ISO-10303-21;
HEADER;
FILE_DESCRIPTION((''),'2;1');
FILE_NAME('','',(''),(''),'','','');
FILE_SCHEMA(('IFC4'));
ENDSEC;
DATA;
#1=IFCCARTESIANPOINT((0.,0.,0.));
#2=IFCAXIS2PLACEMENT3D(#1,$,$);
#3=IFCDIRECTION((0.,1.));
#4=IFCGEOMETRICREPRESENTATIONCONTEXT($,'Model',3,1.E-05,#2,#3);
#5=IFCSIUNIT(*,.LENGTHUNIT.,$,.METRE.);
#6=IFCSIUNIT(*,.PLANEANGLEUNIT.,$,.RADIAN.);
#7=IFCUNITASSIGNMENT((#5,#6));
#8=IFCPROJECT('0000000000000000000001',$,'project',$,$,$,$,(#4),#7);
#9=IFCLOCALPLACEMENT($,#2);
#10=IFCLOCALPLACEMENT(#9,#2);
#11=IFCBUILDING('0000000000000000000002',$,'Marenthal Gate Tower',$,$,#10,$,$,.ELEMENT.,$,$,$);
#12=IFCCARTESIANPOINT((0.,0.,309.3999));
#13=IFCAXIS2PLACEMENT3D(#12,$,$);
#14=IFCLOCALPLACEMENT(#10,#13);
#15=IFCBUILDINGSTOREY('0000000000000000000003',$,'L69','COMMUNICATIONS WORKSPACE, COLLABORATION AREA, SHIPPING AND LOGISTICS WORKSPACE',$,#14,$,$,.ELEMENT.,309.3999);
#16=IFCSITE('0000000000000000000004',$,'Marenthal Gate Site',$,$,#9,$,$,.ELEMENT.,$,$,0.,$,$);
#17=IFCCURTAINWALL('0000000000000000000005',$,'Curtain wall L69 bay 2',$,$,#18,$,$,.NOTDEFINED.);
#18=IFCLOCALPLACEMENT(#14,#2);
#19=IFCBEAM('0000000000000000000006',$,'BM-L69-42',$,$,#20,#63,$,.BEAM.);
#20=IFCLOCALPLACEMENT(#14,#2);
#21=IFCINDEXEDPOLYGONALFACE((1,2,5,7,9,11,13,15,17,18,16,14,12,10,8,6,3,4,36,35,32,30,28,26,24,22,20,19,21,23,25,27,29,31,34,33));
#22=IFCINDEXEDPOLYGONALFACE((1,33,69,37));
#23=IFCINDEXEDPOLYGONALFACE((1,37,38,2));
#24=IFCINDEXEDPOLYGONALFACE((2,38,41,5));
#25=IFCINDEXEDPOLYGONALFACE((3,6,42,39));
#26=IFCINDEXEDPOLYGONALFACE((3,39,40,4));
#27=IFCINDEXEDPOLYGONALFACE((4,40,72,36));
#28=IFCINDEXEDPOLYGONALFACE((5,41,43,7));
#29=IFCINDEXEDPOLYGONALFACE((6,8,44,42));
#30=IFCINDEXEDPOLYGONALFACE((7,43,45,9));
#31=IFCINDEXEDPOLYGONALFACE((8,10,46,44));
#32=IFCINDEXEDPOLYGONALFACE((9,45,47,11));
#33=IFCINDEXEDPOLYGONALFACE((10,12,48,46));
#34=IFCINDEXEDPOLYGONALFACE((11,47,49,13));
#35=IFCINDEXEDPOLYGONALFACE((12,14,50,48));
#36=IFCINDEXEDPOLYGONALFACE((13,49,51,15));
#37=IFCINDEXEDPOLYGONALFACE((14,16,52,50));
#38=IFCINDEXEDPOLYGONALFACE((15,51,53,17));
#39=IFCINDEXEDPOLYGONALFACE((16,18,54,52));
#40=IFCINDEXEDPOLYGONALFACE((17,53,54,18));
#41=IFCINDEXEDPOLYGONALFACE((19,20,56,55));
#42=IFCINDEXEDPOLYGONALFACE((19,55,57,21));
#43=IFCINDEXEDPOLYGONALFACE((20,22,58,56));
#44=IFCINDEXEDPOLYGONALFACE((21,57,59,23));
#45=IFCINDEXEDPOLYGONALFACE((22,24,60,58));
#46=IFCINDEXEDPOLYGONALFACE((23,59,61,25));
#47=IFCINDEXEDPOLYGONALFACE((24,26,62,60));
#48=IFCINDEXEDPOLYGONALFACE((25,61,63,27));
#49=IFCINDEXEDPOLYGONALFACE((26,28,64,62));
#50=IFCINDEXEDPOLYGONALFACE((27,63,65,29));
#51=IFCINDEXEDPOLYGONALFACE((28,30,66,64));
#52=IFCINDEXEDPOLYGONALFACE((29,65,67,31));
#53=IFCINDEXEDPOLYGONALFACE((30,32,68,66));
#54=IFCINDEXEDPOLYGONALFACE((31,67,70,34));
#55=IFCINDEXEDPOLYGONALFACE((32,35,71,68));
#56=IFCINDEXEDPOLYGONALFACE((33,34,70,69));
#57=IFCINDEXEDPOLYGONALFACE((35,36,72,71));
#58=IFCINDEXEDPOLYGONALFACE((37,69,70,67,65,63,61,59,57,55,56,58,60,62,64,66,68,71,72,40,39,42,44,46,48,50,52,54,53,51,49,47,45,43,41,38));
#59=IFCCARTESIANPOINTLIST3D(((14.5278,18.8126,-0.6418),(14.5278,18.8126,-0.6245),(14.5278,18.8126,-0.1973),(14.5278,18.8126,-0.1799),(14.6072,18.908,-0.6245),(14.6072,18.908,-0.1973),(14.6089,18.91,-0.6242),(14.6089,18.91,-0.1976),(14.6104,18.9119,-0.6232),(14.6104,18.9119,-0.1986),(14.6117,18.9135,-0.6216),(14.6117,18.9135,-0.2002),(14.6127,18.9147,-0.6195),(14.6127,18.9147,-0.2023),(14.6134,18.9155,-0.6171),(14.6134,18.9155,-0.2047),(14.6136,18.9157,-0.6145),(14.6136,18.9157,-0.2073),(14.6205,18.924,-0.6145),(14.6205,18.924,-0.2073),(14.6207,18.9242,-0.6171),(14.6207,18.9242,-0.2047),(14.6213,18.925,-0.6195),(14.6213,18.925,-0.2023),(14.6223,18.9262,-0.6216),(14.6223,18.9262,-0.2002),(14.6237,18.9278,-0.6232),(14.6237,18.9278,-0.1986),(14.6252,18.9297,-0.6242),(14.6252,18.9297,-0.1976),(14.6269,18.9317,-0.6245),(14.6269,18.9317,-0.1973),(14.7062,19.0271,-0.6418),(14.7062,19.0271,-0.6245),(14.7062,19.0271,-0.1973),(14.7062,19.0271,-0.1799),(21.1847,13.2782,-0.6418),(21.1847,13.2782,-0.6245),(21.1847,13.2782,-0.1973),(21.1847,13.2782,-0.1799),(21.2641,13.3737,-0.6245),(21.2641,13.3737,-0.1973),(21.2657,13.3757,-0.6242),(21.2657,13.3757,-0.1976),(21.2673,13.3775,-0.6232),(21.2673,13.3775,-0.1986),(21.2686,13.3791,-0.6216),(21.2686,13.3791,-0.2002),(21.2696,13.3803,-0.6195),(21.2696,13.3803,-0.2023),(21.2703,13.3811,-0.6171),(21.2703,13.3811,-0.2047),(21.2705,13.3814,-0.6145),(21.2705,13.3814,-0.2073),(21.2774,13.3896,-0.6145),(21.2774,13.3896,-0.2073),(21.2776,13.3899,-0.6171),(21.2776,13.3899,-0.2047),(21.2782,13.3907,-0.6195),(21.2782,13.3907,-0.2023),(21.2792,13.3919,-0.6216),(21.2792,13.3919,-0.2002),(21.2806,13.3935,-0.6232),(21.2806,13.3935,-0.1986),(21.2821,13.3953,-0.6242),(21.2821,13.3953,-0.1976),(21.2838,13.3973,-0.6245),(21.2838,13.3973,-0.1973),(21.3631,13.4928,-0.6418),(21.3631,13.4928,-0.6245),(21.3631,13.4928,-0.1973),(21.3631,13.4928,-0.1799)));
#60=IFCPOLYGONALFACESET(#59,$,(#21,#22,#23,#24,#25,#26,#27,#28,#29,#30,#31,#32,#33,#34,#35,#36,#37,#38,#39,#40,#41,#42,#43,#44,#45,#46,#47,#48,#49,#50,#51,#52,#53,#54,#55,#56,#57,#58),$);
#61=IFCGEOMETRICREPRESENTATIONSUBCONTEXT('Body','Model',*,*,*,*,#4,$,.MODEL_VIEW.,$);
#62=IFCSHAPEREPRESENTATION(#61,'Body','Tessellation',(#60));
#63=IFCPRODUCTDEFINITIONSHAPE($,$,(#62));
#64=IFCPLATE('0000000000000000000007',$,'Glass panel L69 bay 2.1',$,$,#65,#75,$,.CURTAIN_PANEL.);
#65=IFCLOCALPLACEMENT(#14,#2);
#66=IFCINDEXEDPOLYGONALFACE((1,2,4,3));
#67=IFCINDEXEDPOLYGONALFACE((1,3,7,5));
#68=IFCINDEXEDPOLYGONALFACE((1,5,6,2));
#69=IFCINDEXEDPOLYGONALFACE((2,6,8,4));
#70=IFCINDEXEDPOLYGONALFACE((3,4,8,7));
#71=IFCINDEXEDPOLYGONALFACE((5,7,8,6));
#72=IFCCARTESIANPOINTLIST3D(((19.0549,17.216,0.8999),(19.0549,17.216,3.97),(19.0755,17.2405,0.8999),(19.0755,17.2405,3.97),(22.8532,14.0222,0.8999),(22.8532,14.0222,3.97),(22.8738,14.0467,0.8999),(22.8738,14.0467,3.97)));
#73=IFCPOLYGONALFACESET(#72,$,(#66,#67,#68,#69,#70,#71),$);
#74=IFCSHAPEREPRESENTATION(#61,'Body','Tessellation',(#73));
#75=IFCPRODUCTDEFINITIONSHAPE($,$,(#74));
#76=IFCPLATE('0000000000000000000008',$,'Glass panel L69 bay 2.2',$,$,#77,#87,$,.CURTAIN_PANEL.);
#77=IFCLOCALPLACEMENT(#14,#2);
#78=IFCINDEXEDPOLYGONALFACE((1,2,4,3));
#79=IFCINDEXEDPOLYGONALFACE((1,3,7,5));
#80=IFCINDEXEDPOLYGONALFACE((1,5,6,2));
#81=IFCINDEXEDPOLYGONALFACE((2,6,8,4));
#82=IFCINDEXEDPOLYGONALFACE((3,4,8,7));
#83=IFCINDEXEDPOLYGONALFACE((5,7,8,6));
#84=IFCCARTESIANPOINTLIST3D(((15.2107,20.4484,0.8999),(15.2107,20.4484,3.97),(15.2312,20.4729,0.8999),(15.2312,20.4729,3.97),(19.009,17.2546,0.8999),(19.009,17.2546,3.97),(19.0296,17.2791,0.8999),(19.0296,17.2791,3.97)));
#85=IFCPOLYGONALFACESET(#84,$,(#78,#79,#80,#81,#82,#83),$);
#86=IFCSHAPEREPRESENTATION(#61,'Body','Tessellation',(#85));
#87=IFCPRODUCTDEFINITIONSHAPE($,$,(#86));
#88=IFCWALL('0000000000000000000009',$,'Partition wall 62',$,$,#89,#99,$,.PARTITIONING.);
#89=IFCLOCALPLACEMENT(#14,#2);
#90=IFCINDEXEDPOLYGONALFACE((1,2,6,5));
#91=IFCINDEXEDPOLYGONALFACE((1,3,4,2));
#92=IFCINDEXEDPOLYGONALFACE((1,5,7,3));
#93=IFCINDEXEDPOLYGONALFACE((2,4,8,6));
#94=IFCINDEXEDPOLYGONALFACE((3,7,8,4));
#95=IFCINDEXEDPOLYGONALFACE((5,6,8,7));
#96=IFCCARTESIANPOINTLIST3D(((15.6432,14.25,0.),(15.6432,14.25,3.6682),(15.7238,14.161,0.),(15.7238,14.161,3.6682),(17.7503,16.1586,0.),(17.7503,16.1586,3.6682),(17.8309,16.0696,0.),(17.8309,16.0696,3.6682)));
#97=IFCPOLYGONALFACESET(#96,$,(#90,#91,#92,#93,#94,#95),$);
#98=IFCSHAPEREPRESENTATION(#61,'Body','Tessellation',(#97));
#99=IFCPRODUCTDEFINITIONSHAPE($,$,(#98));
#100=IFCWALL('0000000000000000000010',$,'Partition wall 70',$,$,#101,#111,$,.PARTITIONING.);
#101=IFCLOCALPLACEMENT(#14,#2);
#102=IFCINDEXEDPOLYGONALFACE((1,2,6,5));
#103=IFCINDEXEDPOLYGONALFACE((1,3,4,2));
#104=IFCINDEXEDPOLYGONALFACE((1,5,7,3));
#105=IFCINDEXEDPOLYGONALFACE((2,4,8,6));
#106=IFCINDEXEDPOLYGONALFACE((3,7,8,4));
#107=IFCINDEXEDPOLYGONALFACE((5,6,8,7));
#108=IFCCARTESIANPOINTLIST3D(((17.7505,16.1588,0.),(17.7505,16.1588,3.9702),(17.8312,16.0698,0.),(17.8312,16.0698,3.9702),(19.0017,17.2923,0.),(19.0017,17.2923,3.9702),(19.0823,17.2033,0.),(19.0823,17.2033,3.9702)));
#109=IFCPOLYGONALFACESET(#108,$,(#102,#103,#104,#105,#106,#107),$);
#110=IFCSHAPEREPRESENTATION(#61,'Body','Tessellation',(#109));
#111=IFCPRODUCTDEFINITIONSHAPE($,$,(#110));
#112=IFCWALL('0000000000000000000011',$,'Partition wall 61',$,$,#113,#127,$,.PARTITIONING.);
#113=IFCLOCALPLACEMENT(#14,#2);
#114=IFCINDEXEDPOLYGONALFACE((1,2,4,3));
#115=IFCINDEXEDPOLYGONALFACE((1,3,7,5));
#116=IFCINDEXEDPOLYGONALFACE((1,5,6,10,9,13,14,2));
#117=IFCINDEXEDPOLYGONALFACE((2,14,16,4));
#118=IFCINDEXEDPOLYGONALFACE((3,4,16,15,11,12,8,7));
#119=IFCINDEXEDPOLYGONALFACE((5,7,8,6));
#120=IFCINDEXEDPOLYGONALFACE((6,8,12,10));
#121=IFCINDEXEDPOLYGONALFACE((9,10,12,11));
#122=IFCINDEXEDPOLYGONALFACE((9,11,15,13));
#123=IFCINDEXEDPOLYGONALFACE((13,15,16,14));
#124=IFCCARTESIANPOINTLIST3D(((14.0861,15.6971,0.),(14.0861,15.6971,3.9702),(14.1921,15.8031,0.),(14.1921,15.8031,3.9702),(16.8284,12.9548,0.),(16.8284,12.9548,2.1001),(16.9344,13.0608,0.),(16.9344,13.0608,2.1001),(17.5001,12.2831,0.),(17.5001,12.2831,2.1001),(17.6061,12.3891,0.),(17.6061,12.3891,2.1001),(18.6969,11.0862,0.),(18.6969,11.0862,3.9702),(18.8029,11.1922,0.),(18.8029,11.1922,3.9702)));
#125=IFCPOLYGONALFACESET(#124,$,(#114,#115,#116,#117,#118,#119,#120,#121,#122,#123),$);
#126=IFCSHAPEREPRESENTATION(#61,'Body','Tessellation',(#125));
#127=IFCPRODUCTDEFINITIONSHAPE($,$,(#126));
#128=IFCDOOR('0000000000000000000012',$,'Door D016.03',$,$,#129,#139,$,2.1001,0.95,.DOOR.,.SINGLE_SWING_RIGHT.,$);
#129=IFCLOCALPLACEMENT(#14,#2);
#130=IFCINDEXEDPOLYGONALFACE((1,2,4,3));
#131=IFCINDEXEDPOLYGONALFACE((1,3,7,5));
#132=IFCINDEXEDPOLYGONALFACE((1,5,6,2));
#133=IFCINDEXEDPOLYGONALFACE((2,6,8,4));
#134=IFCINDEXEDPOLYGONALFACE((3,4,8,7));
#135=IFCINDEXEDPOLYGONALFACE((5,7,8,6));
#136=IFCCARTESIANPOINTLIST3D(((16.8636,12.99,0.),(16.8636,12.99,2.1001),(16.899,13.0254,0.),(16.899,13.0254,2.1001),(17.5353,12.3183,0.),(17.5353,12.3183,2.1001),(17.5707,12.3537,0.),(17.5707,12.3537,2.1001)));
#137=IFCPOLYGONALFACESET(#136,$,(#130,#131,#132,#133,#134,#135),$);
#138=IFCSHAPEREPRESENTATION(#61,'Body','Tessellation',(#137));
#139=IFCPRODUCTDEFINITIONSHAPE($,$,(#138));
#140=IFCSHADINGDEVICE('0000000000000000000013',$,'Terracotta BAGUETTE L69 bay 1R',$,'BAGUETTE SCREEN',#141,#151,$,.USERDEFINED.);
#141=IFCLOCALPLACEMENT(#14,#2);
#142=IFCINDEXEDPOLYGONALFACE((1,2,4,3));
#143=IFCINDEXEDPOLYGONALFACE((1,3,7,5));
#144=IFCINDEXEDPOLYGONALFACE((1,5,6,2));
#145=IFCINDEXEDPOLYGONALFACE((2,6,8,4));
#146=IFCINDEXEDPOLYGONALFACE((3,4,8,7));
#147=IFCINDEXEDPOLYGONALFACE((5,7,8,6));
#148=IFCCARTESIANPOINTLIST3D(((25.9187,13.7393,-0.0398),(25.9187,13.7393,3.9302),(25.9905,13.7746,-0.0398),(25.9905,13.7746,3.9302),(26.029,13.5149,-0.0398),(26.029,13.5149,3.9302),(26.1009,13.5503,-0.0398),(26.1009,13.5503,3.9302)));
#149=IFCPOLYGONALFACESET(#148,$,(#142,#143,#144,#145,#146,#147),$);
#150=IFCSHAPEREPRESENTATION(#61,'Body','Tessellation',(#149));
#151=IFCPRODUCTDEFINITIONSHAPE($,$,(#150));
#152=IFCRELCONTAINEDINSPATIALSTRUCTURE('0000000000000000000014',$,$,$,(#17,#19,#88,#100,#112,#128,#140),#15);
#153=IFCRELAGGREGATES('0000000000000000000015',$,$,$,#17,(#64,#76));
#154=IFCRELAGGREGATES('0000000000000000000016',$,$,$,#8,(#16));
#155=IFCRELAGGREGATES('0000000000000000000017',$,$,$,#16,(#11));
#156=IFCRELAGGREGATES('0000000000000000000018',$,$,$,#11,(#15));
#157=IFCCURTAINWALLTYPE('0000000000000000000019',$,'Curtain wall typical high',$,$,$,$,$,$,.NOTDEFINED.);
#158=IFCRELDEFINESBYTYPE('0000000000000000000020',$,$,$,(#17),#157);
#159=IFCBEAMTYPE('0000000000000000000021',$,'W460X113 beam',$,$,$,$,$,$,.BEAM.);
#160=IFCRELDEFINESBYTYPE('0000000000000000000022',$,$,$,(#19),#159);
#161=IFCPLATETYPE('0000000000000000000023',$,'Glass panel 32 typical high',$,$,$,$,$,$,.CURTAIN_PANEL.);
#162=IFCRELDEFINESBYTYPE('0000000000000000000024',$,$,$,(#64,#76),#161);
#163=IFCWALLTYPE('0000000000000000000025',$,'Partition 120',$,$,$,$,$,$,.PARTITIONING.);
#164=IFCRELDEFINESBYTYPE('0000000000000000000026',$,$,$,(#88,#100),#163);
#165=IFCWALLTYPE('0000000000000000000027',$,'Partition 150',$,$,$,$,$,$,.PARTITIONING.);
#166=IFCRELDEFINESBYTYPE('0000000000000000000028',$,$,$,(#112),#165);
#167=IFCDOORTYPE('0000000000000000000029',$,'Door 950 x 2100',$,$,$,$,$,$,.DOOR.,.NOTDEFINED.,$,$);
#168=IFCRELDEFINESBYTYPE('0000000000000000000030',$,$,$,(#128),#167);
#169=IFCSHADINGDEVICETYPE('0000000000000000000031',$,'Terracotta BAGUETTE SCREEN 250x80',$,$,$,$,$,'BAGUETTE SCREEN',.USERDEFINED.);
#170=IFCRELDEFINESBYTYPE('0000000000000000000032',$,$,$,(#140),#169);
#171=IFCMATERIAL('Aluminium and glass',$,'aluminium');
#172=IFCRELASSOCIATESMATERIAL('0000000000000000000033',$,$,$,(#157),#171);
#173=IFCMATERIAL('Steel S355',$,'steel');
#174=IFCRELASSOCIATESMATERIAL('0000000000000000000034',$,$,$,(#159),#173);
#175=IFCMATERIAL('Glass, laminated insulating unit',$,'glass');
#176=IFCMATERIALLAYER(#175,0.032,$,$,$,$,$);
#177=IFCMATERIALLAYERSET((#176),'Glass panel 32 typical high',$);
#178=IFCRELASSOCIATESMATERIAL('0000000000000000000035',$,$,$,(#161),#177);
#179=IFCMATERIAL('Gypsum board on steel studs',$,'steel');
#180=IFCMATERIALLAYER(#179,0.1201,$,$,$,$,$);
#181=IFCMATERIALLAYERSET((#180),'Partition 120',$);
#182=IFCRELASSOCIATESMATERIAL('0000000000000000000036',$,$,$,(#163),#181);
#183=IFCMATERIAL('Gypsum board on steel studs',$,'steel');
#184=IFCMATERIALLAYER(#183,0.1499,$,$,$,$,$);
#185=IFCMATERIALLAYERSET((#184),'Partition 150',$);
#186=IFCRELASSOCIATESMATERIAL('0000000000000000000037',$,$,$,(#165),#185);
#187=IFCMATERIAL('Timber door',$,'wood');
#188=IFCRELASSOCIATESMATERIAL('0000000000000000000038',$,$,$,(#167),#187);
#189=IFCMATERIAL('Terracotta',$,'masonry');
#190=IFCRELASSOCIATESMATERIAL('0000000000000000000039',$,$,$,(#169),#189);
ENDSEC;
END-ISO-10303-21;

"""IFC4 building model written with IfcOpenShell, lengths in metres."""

from ifc_helpers import new_model, si_unit, direction, frame, frame_2d, origin, origin_2d, place, context, subcontext, project, spatial, rectangle, i_section, extrude, material, layer, layer_set, material_profile, profile_set, type_object, element, fill, aggregate, save


model = new_model("IFC4")

# Units and contexts
model_context = context("Model", 3, precision=1e-05, world=origin(), true_north=direction((0.0, 1.0)))
body_context = subcontext(model_context, "Body", "Model", "MODEL_VIEW")
ifc_project = project(units=[si_unit("LENGTHUNIT", "METRE"), si_unit("PLANEANGLEUNIT", "RADIAN")], contexts=[model_context])

# Site, building, storey
site_placement = place(None, origin())
site = spatial("IfcSite", under=ifc_project, at=site_placement, Name="Marenthal Gate Site", CompositionType="ELEMENT", RefElevation=0.0)
building_placement = place(site_placement, origin())
building = spatial("IfcBuilding", under=site, at=building_placement, Name="Marenthal Gate Tower", CompositionType="ELEMENT")
storey_placement = place(building_placement, frame((0.0, 0.0, 309.3999)))
storey = spatial("IfcBuildingStorey", under=building, at=storey_placement, Name="L69", Description="COMMUNICATIONS WORKSPACE, COLLABORATION AREA, SHIPPING AND LOGISTICS WORKSPACE", CompositionType="ELEMENT", Elevation=309.3999)

# Curtain wall
ifc_material_1 = material(Name="Aluminium and glass", Category="aluminium")
curtain_wall_type = type_object("IfcCurtainWallType", Name="Curtain wall typical high", PredefinedType="NOTDEFINED", material=ifc_material_1)
curtain_wall_placement = place(storey_placement, origin())
curtain_wall = element("IfcCurtainWall", 1, at=curtain_wall_placement, inside=storey, type_object=curtain_wall_type, Name="Curtain wall L69 bay 2", PredefinedType="NOTDEFINED")

# Beam
ifc_material_2 = material(Name="Steel S355", Category="steel")
ifc_material_profile_1 = material_profile(ifc_material_2, i_section(OverallWidth=0.2791, OverallDepth=0.4619, WebThickness=0.0107, FlangeThickness=0.0173, FilletRadius=0.01, at=origin_2d()), Name="W460X113")
ifc_profile_set_1 = profile_set([ifc_material_profile_1], Name="Steel S355")
beam_type_1 = type_object("IfcBeamType", Name="W460X113 beam", PredefinedType="BEAM", material=ifc_profile_set_1)
beam_1_placement = place(storey_placement, frame((21.2739, 13.3855, -0.4109), z_axis=(-0.768963, 0.639294, 0.0), x_axis=(-0.639294, -0.768963, 0.0)))
element("IfcBeam", 2, at=beam_1_placement, inside=storey, type_object=beam_type_1, Name="BM-L69-42", PredefinedType="BEAM", context=body_context, shape_type="SweptSolid", body=[
    extrude(i_section(OverallWidth=0.2791, OverallDepth=0.4619, WebThickness=0.0107, FlangeThickness=0.0173, FilletRadius=0.01, at=origin_2d()), origin(), (0.0, 0.0, 1.0), 8.657),
])

# Plates
ifc_material_3 = material(Name="Glass, laminated insulating unit", Category="glass")
ifc_layer_1 = layer(ifc_material_3, 0.032)
ifc_layer_set_1 = layer_set([ifc_layer_1], Name="Glass panel 32 typical high")
plate_type = type_object("IfcPlateType", Name="Glass panel 32 typical high", PredefinedType="CURTAIN_PANEL", material=ifc_layer_set_1)
plate_1_placement = place(storey_placement, frame((20.9644, 15.6313, 0.8999), z_axis=(0.0, 0.0, 1.0), x_axis=(-0.765387, 0.64357, 0.0)))
plate_1 = element("IfcPlate", 3, at=plate_1_placement, type_object=plate_type, Name="Glass panel L69 bay 2.1", PredefinedType="CURTAIN_PANEL", context=body_context, shape_type="SweptSolid", body=[
    extrude(rectangle(XDim=4.9626, YDim=0.032, at=origin_2d()), origin(), (0.0, 0.0, 1.0), 3.0701),
])
plate_2_placement = place(storey_placement, frame((17.1201, 18.8638, 0.8999), z_axis=(0.0, 0.0, 1.0), x_axis=(-0.765387, 0.64357, 0.0)))
plate_2 = element("IfcPlate", 4, at=plate_2_placement, type_object=plate_type, Name="Glass panel L69 bay 2.2", PredefinedType="CURTAIN_PANEL", context=body_context, shape_type="SweptSolid", body=[
    extrude(rectangle(XDim=4.9626, YDim=0.032, at=origin_2d()), origin(), (0.0, 0.0, 1.0), 3.0701),
])
aggregate(curtain_wall, [plate_1, plate_2])

# Walls
ifc_material_4 = material(Name="Gypsum board on steel studs", Category="steel")
ifc_layer_2 = layer(ifc_material_4, 0.1201)
ifc_layer_set_2 = layer_set([ifc_layer_2], Name="Partition 120")
wall_type_1 = type_object("IfcWallType", Name="Partition 120", PredefinedType="PARTITIONING", material=ifc_layer_set_2)
wall_1_placement = place(storey_placement, frame((15.6836, 14.2056, 0.0), z_axis=(0.0, 0.0, 1.0), x_axis=(0.741151, 0.671338, 0.0)))
element("IfcWall", 5, at=wall_1_placement, inside=storey, type_object=wall_type_1, Name="Partition wall 62", PredefinedType="PARTITIONING", context=body_context, shape_type="SweptSolid", body=[
    extrude(rectangle(XDim=2.843, YDim=0.1201, at=frame_2d((1.4214, 0.0))), origin(), (0.0, 0.0, 1.0), 3.6682),
])
wall_2_placement = place(storey_placement, frame((17.7908, 16.1143, 0.0), z_axis=(0.0, 0.0, 1.0), x_axis=(0.741097, 0.671398, 0.0)))
element("IfcWall", 6, at=wall_2_placement, inside=storey, type_object=wall_type_1, Name="Partition wall 70", PredefinedType="PARTITIONING", context=body_context, shape_type="SweptSolid", body=[
    extrude(rectangle(XDim=1.6882, YDim=0.1201, at=frame_2d((0.8442, 0.0))), origin(), (0.0, 0.0, 1.0), 3.9702),
])

# Wall, opening, door
ifc_material_5 = material(Name="Gypsum board on steel studs", Category="steel")
ifc_layer_3 = layer(ifc_material_5, 0.1499)
ifc_layer_set_3 = layer_set([ifc_layer_3], Name="Partition 150")
wall_type_2 = type_object("IfcWallType", Name="Partition 150", PredefinedType="PARTITIONING", material=ifc_layer_set_3)
wall_3_placement = place(storey_placement, frame((14.1392, 15.75, 0.0), z_axis=(0.0, 0.0, 1.0), x_axis=(0.707107, -0.707107, 0.0)))
wall_3 = element("IfcWall", 7, at=wall_3_placement, inside=storey, type_object=wall_type_2, Name="Partition wall 61", PredefinedType="PARTITIONING", context=body_context, shape_type="SweptSolid", body=[
    extrude(rectangle(XDim=6.5208, YDim=0.1499, at=frame_2d((3.2603, 0.0))), origin(), (0.0, 0.0, 1.0), 3.9702),
])
opening_1_placement = place(wall_3_placement, frame((3.8779, 0.0, 0.0)))
opening_1 = element("IfcOpeningElement", 8, at=opening_1_placement, cuts=wall_3, PredefinedType="OPENING", context=body_context, shape_type="SweptSolid", body=[
    extrude(rectangle(XDim=0.95, YDim=2.1001, at=frame_2d((0.4751, 1.05))), frame((0.0, 0.085, 0.0), z_axis=(0.0, -1.0, 0.0), x_axis=(1.0, 0.0, 0.0)), (0.0, 0.0, 1.0), 0.1699),
])
ifc_material_6 = material(Name="Timber door", Category="wood")
door_type_1 = type_object("IfcDoorType", Name="Door 950 x 2100", OperationType="NOTDEFINED", PredefinedType="DOOR", material=ifc_material_6)
door_1_placement = place(opening_1_placement, origin())
door_1 = element("IfcDoor", 9, at=door_1_placement, inside=storey, type_object=door_type_1, Name="Door D016.03", OperationType="SINGLE_SWING_RIGHT", OverallHeight=2.1001, OverallWidth=0.95, PredefinedType="DOOR", context=body_context, shape_type="SweptSolid", body=[
    extrude(rectangle(XDim=0.95, YDim=2.1001, at=frame_2d((0.4751, 1.05))), frame((0.0, 0.0249, 0.0), z_axis=(0.0, -1.0, 0.0), x_axis=(1.0, 0.0, 0.0)), (0.0, 0.0, 1.0), 0.05),
])
fill(opening_1, door_1)

# Shading device
ifc_material_7 = material(Name="Terracotta", Category="masonry")
ifc_material_profile_2 = material_profile(ifc_material_7, rectangle(XDim=0.25, YDim=0.0801, at=origin_2d()), Name="Terracotta baguette 250x80")
ifc_profile_set_2 = profile_set([ifc_material_profile_2], Name="Terracotta")
shading_device_type = type_object("IfcShadingDeviceType", Name="Terracotta BAGUETTE SCREEN 250x80", ElementType="BAGUETTE SCREEN", PredefinedType="USERDEFINED", material=ifc_profile_set_2)
shading_device_placement = place(storey_placement, frame((26.0098, 13.6448, -0.0398), z_axis=(0.0, 0.0, 1.0), x_axis=(-0.441518, 0.897253, 0.0)))
element("IfcShadingDevice", 10, at=shading_device_placement, inside=storey, type_object=shading_device_type, Name="Terracotta BAGUETTE L69 bay 1R", ObjectType="BAGUETTE SCREEN", PredefinedType="USERDEFINED", context=body_context, shape_type="SweptSolid", body=[
    extrude(rectangle(XDim=0.25, YDim=0.0801, at=origin_2d()), origin(), (0.0, 0.0, 1.0), 3.97),
])

save(model, "model.ifc")
